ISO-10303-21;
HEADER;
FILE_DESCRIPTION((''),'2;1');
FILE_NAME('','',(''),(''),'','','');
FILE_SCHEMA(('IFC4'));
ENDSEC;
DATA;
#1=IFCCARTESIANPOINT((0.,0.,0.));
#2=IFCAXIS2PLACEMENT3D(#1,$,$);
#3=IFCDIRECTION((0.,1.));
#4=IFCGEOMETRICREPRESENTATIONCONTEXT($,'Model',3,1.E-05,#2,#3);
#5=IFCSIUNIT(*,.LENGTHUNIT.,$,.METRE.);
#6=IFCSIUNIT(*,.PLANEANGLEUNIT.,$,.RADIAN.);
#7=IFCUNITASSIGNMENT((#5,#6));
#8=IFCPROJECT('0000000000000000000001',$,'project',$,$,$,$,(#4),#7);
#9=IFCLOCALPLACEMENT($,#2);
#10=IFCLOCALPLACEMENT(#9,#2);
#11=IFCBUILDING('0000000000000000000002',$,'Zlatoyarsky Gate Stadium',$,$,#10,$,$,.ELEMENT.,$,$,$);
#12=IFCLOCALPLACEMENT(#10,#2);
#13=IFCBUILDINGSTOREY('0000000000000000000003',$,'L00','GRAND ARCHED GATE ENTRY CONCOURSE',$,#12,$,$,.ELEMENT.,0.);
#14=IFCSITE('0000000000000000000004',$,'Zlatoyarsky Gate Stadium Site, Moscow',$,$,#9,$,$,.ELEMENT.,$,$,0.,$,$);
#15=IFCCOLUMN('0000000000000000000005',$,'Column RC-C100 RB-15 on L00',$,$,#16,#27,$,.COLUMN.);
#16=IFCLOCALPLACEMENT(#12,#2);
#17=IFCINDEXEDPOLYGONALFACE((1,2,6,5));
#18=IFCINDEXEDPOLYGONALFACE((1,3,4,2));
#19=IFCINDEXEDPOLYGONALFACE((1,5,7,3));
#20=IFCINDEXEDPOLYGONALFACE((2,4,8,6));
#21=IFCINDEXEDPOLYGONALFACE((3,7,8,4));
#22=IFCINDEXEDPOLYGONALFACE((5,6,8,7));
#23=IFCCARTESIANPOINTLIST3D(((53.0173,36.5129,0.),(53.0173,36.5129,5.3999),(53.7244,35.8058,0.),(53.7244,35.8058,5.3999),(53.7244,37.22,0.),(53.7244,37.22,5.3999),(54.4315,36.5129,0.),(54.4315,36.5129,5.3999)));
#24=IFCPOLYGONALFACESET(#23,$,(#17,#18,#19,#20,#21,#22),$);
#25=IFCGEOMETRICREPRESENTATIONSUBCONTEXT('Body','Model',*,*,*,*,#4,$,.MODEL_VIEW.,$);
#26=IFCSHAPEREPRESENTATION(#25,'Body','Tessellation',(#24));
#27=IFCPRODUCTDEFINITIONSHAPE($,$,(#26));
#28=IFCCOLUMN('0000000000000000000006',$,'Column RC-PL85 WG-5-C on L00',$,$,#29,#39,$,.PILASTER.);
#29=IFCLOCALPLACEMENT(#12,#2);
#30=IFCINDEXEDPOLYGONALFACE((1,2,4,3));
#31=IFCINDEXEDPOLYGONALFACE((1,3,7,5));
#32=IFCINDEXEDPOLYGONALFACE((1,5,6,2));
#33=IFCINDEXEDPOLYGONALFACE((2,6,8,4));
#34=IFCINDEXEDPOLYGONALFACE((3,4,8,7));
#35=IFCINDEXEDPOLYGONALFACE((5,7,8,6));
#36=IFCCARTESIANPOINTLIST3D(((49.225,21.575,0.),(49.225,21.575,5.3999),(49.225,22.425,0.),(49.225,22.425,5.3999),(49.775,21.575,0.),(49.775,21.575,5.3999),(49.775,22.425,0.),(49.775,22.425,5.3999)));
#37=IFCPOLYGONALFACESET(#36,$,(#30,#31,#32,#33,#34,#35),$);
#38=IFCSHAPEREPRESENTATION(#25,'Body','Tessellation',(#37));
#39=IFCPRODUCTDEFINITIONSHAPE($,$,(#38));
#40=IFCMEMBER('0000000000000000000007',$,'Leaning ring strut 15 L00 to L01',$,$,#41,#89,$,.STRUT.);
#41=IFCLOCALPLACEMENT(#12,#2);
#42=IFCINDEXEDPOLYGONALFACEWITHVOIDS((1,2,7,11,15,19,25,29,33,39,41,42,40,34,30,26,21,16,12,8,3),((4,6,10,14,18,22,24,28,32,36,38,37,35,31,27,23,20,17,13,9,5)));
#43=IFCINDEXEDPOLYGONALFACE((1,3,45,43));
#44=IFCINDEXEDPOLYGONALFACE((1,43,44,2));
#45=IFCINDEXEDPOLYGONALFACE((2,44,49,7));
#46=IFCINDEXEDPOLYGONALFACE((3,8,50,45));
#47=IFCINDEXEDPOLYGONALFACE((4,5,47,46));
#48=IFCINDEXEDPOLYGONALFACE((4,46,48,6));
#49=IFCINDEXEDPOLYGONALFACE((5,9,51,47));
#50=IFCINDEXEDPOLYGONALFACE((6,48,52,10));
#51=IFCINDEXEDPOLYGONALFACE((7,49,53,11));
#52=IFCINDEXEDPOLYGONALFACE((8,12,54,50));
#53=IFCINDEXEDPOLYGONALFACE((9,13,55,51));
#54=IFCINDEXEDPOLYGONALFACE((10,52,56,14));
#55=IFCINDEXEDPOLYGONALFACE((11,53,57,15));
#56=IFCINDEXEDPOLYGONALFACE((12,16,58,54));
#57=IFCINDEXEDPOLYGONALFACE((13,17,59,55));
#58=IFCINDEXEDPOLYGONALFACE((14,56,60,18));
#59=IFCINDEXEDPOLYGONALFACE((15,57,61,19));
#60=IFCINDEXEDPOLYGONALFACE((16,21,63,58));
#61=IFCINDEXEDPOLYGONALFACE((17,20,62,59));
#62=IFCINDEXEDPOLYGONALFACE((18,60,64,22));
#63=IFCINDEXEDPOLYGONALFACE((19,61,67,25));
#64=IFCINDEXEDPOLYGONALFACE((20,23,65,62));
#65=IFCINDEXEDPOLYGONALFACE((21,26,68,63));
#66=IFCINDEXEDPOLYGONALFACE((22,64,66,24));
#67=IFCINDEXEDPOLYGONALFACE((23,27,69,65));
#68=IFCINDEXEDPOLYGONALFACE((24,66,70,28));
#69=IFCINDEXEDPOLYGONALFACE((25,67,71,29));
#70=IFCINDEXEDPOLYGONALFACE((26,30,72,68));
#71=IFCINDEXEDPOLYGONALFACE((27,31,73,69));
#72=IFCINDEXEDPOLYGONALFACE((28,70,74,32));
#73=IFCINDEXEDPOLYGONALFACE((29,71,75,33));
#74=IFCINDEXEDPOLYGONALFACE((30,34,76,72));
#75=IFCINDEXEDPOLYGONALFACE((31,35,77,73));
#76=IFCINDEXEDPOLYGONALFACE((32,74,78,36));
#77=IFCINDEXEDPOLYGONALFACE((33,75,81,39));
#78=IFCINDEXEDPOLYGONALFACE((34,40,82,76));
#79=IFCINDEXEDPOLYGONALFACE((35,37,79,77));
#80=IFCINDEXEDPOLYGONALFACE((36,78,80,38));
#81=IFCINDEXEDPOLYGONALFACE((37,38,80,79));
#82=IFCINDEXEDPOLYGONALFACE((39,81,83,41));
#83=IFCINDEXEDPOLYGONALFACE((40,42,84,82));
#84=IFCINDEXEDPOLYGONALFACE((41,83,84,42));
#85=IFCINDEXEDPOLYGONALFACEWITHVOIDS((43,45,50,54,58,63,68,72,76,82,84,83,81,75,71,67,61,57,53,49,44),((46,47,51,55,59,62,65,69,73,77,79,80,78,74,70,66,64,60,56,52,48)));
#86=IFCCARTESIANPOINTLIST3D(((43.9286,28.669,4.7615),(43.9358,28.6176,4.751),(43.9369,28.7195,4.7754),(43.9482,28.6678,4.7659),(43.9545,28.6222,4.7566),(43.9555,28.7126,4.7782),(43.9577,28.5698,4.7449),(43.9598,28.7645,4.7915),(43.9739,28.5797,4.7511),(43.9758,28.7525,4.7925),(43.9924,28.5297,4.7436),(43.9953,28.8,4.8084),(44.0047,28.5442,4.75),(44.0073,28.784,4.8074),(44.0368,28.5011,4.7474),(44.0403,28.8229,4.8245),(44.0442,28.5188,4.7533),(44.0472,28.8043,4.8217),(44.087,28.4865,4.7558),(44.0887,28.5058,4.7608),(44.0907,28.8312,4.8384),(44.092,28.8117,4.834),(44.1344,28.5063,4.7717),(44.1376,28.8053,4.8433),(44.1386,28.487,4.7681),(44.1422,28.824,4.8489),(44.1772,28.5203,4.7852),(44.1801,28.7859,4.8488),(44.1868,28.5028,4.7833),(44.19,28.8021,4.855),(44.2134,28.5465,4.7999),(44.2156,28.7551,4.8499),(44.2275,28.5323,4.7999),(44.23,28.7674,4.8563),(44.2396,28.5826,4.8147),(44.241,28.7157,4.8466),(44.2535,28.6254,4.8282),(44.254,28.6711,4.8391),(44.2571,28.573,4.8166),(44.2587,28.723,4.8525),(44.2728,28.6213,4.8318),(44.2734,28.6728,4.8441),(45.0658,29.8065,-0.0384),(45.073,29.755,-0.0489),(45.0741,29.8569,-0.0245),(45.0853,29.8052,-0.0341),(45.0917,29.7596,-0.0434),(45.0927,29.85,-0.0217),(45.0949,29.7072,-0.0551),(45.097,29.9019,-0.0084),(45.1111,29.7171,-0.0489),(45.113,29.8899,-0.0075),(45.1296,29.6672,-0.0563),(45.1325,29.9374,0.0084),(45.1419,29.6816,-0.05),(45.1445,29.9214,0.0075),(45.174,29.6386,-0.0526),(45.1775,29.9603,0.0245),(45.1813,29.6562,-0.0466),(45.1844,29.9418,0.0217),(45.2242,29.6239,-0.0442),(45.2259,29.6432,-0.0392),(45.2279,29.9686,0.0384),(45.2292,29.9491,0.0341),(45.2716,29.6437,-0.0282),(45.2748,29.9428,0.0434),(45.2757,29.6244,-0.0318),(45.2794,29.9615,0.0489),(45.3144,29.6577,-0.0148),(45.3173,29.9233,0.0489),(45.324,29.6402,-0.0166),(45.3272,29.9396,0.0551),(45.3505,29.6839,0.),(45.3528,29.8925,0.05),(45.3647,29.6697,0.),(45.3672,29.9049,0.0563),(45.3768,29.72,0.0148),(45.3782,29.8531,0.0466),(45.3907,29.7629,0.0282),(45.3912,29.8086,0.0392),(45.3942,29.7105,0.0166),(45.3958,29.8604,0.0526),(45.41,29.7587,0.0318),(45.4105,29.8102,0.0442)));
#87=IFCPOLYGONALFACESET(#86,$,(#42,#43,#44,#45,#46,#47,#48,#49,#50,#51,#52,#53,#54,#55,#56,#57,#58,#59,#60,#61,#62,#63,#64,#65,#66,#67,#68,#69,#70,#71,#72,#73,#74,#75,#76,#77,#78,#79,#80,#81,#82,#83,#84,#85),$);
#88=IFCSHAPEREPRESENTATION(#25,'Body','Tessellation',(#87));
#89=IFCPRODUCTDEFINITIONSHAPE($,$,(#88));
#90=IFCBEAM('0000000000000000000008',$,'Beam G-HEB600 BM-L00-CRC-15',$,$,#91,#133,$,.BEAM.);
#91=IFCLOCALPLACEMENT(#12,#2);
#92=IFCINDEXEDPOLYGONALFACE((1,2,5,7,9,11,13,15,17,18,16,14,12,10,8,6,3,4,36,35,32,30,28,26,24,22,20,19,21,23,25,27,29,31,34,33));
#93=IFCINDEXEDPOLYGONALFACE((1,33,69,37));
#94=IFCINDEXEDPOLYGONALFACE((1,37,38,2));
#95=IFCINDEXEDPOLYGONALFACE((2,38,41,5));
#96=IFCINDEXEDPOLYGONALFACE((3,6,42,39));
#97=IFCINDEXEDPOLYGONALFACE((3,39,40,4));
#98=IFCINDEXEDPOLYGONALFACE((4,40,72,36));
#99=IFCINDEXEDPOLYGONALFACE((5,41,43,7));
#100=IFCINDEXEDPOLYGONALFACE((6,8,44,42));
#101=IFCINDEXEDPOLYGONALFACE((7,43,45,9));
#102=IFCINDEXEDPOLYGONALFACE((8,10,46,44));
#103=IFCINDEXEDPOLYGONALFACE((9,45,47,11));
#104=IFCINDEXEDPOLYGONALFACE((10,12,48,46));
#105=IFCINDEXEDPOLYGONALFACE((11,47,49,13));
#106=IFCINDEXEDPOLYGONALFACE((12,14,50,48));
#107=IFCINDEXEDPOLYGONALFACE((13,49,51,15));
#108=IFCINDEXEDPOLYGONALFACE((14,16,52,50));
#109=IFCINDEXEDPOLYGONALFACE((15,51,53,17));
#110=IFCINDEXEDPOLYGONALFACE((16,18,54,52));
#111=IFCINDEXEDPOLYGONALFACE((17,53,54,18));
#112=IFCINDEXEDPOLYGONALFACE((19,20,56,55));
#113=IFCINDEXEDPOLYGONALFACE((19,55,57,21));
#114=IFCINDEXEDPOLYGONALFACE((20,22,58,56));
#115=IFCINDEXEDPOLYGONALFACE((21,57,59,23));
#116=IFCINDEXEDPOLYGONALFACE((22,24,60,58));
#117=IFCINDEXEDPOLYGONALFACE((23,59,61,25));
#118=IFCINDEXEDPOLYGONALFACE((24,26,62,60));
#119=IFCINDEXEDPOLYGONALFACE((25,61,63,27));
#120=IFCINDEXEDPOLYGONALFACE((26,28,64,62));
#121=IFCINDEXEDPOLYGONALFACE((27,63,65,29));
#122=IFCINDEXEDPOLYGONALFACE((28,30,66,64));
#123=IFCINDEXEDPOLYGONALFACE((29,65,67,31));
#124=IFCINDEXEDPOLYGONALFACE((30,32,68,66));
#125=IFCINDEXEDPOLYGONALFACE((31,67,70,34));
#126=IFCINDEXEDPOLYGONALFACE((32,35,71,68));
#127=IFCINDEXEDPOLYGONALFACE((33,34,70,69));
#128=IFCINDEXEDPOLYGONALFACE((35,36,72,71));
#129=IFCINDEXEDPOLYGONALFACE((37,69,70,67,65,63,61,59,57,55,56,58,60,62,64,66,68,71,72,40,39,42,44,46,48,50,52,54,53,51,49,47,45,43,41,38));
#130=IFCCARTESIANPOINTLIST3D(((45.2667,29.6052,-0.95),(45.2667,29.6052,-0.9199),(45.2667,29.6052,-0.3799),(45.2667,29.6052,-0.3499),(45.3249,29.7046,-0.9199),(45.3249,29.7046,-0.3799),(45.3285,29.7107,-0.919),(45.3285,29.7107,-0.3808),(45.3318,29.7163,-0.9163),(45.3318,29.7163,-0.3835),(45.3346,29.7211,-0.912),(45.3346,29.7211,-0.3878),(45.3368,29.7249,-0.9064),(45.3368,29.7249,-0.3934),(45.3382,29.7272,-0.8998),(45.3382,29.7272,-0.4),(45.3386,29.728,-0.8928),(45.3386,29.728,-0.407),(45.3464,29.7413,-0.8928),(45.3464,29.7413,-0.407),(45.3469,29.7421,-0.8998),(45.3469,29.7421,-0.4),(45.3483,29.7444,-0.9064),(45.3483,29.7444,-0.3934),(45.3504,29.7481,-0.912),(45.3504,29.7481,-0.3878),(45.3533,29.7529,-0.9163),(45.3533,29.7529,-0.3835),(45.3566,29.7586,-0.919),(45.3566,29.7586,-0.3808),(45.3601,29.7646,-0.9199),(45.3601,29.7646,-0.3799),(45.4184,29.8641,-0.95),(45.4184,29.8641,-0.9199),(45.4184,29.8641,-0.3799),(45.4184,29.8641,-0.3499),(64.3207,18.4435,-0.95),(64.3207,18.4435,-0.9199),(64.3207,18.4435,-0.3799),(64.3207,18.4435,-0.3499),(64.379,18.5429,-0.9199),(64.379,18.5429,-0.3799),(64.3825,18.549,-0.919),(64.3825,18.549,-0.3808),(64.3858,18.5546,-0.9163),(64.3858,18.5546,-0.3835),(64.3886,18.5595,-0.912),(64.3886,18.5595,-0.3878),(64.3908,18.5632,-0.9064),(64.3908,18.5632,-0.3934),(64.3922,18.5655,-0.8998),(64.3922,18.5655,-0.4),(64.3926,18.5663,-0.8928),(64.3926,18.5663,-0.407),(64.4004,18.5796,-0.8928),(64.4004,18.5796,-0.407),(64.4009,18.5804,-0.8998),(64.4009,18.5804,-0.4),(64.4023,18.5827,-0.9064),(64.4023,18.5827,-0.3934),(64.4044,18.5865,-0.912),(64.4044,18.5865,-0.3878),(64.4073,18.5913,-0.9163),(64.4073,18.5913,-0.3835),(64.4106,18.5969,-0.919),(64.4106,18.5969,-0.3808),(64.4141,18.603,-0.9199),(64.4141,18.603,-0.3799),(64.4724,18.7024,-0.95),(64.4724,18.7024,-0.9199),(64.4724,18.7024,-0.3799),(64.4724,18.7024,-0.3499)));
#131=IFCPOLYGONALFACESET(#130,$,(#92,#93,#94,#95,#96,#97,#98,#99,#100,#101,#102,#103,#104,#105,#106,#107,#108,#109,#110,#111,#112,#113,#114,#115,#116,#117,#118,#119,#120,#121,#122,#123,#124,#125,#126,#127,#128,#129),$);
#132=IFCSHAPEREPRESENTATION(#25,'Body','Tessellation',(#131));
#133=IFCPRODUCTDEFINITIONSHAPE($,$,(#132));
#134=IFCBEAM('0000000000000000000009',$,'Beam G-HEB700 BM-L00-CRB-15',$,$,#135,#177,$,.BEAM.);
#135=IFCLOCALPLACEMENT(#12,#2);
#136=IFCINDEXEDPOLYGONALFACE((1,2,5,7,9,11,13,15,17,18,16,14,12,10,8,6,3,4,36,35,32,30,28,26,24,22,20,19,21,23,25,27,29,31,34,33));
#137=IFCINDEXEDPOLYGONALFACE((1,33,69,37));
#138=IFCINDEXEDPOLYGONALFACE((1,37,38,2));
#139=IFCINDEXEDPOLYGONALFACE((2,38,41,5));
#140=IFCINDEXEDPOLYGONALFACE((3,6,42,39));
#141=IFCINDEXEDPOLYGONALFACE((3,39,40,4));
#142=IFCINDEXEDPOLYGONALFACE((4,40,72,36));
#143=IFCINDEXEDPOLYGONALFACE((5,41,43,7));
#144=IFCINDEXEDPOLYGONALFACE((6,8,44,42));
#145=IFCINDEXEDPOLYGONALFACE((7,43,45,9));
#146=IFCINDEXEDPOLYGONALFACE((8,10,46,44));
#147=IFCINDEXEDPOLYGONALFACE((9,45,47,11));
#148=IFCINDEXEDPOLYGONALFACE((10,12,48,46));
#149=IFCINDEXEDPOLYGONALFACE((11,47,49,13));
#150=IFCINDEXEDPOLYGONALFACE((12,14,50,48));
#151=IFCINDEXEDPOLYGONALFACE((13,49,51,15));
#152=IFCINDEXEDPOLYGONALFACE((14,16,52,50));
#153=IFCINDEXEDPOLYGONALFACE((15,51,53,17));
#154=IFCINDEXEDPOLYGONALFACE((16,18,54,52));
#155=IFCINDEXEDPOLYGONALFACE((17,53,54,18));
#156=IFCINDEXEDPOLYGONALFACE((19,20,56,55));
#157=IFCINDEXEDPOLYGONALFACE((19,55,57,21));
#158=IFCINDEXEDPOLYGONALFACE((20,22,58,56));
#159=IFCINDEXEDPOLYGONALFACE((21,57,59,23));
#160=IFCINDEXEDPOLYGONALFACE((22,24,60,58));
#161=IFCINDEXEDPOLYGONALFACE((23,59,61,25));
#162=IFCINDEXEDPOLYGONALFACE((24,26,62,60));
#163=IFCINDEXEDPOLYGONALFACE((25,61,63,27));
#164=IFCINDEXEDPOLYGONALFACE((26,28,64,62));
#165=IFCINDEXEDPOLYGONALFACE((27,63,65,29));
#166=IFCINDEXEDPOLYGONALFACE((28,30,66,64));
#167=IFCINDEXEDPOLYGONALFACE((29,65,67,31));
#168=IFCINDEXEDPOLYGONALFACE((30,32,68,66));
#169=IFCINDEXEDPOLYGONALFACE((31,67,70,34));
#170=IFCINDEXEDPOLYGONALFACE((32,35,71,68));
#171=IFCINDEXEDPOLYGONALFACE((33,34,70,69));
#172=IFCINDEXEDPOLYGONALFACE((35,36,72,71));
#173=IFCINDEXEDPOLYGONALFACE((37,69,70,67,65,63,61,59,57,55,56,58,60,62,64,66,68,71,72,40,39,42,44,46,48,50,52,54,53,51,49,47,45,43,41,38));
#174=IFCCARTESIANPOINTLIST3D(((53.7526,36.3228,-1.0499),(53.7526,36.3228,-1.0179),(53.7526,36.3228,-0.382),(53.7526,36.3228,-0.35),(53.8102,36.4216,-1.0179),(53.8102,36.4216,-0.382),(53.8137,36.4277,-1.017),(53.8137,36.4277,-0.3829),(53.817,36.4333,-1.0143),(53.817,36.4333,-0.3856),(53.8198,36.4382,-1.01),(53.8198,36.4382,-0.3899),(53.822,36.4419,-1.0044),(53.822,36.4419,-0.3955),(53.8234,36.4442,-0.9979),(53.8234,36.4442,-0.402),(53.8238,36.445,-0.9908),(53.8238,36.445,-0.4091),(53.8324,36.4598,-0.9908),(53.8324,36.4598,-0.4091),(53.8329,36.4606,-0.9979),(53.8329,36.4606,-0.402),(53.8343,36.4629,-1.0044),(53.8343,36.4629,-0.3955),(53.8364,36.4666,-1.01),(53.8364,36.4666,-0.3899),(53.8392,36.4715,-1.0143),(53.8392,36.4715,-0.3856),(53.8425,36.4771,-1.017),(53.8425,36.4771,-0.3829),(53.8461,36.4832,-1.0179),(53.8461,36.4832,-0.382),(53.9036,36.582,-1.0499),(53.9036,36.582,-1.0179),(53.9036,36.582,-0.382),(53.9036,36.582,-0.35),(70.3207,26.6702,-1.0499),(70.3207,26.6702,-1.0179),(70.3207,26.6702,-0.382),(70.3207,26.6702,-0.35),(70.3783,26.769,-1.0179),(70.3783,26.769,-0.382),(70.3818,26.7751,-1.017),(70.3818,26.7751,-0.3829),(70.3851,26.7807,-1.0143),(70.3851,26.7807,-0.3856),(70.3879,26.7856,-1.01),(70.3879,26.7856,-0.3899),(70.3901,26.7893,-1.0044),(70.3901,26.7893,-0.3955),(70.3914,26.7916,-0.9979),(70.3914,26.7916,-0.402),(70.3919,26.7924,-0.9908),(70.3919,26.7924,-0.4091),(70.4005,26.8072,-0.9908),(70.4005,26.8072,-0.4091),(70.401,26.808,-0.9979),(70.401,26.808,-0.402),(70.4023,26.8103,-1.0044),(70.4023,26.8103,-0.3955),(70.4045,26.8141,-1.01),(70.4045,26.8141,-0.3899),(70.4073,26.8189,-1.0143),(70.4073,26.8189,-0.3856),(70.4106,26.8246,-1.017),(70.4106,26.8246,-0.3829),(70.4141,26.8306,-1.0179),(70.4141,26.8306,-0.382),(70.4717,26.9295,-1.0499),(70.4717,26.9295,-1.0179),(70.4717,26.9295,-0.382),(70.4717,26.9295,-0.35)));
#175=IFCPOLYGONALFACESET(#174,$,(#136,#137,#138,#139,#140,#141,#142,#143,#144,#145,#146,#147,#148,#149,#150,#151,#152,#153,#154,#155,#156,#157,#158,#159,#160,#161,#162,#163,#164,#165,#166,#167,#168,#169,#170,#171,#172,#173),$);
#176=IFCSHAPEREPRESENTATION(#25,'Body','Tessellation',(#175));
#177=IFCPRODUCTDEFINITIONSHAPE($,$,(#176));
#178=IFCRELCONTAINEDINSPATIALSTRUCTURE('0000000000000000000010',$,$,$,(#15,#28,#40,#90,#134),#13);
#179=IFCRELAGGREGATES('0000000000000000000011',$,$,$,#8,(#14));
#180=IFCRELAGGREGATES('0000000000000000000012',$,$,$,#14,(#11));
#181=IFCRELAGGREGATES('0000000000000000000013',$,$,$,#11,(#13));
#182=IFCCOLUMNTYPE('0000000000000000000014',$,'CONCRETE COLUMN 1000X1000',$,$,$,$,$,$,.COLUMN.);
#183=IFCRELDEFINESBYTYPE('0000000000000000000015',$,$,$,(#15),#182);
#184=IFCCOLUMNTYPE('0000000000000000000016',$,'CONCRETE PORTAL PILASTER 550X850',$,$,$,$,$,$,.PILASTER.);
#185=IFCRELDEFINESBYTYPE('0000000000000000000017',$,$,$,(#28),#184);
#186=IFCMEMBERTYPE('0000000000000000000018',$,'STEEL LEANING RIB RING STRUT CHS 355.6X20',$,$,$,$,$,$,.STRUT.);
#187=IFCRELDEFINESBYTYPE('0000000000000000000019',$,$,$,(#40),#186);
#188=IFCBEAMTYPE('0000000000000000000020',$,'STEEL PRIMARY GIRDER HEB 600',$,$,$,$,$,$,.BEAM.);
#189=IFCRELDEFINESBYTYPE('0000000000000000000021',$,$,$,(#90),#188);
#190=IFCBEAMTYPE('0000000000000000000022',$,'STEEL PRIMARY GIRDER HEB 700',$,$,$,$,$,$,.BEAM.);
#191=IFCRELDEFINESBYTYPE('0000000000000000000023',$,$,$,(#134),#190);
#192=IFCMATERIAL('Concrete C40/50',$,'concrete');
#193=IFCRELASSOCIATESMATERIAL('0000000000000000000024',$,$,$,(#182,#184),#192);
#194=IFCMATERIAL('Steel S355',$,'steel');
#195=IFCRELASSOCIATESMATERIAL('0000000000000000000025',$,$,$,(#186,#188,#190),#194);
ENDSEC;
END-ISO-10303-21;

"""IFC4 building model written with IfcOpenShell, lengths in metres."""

from ifc_helpers import new_model, si_unit, direction, frame, origin, origin_2d, place, context, subcontext, project, spatial, rectangle, hollow_circle, i_section, extrude, material, material_profile, profile_set, type_object, element, save


model = new_model("IFC4")

# Units and contexts
model_context = context("Model", 3, precision=1e-05, world=origin(), true_north=direction((0.0, 1.0)))
body_context = subcontext(model_context, "Body", "Model", "MODEL_VIEW")
ifc_project = project(units=[si_unit("LENGTHUNIT", "METRE"), si_unit("PLANEANGLEUNIT", "RADIAN")], contexts=[model_context])

# Site, building, storey
site_placement = place(None, origin())
site = spatial("IfcSite", under=ifc_project, at=site_placement, Name="Zlatoyarsky Gate Stadium Site, Moscow", CompositionType="ELEMENT", RefElevation=0.0)
building_placement = place(site_placement, origin())
building = spatial("IfcBuilding", under=site, at=building_placement, Name="Zlatoyarsky Gate Stadium", CompositionType="ELEMENT")
storey_placement = place(building_placement, origin())
storey = spatial("IfcBuildingStorey", under=building, at=storey_placement, Name="L00", Description="GRAND ARCHED GATE ENTRY CONCOURSE", CompositionType="ELEMENT", Elevation=0.0)

# Columns
ifc_material_1 = material(Name="Concrete C40/50", Category="concrete")
ifc_material_profile_1 = material_profile(ifc_material_1, rectangle(XDim=1.0, YDim=1.0, at=origin_2d()), Name="RC COL 1000X1000")
ifc_profile_set_1 = profile_set([ifc_material_profile_1], Name="Concrete C40/50")
column_type_1 = type_object("IfcColumnType", Name="CONCRETE COLUMN 1000X1000", PredefinedType="COLUMN", material=ifc_profile_set_1)
column_1_placement = place(storey_placement, frame((53.7244, 36.5129, 0.0), z_axis=(0.0, 0.0, 1.0), x_axis=(-0.707107, -0.707107, 0.0)))
element("IfcColumn", 1, at=column_1_placement, inside=storey, type_object=column_type_1, Name="Column RC-C100 RB-15 on L00", PredefinedType="COLUMN", context=body_context, shape_type="SweptSolid", body=[
    extrude(rectangle(XDim=1.0, YDim=1.0, at=origin_2d()), origin(), (0.0, 0.0, 1.0), 5.3999),
])
ifc_material_profile_2 = material_profile(ifc_material_1, rectangle(XDim=0.55, YDim=0.8501, at=origin_2d()), Name="RC PILASTER 550X850")
ifc_profile_set_2 = profile_set([ifc_material_profile_2], Name="Concrete C40/50")
column_type_2 = type_object("IfcColumnType", Name="CONCRETE PORTAL PILASTER 550X850", PredefinedType="PILASTER", material=ifc_profile_set_2)
column_2_placement = place(storey_placement, frame((49.5, 22.0, 0.0), z_axis=(0.0, 0.0, 1.0), x_axis=(1.0, 0.0, 0.0)))
element("IfcColumn", 2, at=column_2_placement, inside=storey, type_object=column_type_2, Name="Column RC-PL85 WG-5-C on L00", PredefinedType="PILASTER", context=body_context, shape_type="SweptSolid", body=[
    extrude(rectangle(XDim=0.55, YDim=0.8501, at=origin_2d()), origin(), (0.0, 0.0, 1.0), 5.3999),
])

# Member
ifc_material_2 = material(Name="Steel S355", Category="steel")
ifc_material_profile_3 = material_profile(ifc_material_2, hollow_circle(Radius=0.1777, WallThickness=0.02, at=origin_2d()), Name="CHS 355.6X20")
ifc_profile_set_3 = profile_set([ifc_material_profile_3], Name="Steel S355")
member_type = type_object("IfcMemberType", Name="STEEL LEANING RIB RING STRUT CHS 355.6X20", PredefinedType="STRUT", material=ifc_profile_set_3)
member_placement = place(storey_placement, frame((45.239, 29.7954, 0.0), z_axis=(-0.22464, -0.224688, 0.948184), x_axis=(0.707183, -0.707031, 0.0)))
element("IfcMember", 3, at=member_placement, inside=storey, type_object=member_type, Name="Leaning ring strut 15 L00 to L01", PredefinedType="STRUT", context=body_context, shape_type="SweptSolid", body=[
    extrude(hollow_circle(Radius=0.1777, WallThickness=0.02, at=origin_2d()), origin(), (0.0, 0.0, 1.0), 5.0623),
])

# Beams
ifc_material_profile_4 = material_profile(ifc_material_2, i_section(OverallWidth=0.3, OverallDepth=0.6001, WebThickness=0.0154, FlangeThickness=0.03, FilletRadius=0.0271, at=origin_2d()), Name="HEB 600")
ifc_profile_set_4 = profile_set([ifc_material_profile_4], Name="Steel S355")
beam_type_1 = type_object("IfcBeamType", Name="STEEL PRIMARY GIRDER HEB 600", PredefinedType="BEAM", material=ifc_profile_set_4)
beam_1_placement = place(storey_placement, frame((45.3425, 29.7346, -0.6499), z_axis=(0.862855, -0.505452, 0.0), x_axis=(0.505452, 0.862855, 0.0)))
element("IfcBeam", 4, at=beam_1_placement, inside=storey, type_object=beam_type_1, Name="Beam G-HEB600 BM-L00-CRC-15", PredefinedType="BEAM", context=body_context, shape_type="SweptSolid", body=[
    extrude(i_section(OverallWidth=0.3, OverallDepth=0.6001, WebThickness=0.0154, FlangeThickness=0.03, FilletRadius=0.0271, at=origin_2d()), origin(), (0.0, 0.0, 1.0), 22.0825),
])
ifc_material_profile_5 = material_profile(ifc_material_2, i_section(OverallWidth=0.3, OverallDepth=0.7, WebThickness=0.0171, FlangeThickness=0.032, FilletRadius=0.0271, at=origin_2d()), Name="HEB 700")
ifc_profile_set_5 = profile_set([ifc_material_profile_5], Name="Steel S355")
beam_type_2 = type_object("IfcBeamType", Name="STEEL PRIMARY GIRDER HEB 700", PredefinedType="BEAM", material=ifc_profile_set_5)
beam_2_placement = place(storey_placement, frame((53.8281, 36.4524, -0.7), z_axis=(0.864054, -0.503398, 0.0), x_axis=(0.503398, 0.864054, 0.0)))
element("IfcBeam", 5, at=beam_2_placement, inside=storey, type_object=beam_type_2, Name="Beam G-HEB700 BM-L00-CRB-15", PredefinedType="BEAM", context=body_context, shape_type="SweptSolid", body=[
    extrude(i_section(OverallWidth=0.3, OverallDepth=0.7, WebThickness=0.0171, FlangeThickness=0.032, FilletRadius=0.0271, at=origin_2d()), origin(), (0.0, 0.0, 1.0), 19.1748),
])

save(model, "model.ifc")
